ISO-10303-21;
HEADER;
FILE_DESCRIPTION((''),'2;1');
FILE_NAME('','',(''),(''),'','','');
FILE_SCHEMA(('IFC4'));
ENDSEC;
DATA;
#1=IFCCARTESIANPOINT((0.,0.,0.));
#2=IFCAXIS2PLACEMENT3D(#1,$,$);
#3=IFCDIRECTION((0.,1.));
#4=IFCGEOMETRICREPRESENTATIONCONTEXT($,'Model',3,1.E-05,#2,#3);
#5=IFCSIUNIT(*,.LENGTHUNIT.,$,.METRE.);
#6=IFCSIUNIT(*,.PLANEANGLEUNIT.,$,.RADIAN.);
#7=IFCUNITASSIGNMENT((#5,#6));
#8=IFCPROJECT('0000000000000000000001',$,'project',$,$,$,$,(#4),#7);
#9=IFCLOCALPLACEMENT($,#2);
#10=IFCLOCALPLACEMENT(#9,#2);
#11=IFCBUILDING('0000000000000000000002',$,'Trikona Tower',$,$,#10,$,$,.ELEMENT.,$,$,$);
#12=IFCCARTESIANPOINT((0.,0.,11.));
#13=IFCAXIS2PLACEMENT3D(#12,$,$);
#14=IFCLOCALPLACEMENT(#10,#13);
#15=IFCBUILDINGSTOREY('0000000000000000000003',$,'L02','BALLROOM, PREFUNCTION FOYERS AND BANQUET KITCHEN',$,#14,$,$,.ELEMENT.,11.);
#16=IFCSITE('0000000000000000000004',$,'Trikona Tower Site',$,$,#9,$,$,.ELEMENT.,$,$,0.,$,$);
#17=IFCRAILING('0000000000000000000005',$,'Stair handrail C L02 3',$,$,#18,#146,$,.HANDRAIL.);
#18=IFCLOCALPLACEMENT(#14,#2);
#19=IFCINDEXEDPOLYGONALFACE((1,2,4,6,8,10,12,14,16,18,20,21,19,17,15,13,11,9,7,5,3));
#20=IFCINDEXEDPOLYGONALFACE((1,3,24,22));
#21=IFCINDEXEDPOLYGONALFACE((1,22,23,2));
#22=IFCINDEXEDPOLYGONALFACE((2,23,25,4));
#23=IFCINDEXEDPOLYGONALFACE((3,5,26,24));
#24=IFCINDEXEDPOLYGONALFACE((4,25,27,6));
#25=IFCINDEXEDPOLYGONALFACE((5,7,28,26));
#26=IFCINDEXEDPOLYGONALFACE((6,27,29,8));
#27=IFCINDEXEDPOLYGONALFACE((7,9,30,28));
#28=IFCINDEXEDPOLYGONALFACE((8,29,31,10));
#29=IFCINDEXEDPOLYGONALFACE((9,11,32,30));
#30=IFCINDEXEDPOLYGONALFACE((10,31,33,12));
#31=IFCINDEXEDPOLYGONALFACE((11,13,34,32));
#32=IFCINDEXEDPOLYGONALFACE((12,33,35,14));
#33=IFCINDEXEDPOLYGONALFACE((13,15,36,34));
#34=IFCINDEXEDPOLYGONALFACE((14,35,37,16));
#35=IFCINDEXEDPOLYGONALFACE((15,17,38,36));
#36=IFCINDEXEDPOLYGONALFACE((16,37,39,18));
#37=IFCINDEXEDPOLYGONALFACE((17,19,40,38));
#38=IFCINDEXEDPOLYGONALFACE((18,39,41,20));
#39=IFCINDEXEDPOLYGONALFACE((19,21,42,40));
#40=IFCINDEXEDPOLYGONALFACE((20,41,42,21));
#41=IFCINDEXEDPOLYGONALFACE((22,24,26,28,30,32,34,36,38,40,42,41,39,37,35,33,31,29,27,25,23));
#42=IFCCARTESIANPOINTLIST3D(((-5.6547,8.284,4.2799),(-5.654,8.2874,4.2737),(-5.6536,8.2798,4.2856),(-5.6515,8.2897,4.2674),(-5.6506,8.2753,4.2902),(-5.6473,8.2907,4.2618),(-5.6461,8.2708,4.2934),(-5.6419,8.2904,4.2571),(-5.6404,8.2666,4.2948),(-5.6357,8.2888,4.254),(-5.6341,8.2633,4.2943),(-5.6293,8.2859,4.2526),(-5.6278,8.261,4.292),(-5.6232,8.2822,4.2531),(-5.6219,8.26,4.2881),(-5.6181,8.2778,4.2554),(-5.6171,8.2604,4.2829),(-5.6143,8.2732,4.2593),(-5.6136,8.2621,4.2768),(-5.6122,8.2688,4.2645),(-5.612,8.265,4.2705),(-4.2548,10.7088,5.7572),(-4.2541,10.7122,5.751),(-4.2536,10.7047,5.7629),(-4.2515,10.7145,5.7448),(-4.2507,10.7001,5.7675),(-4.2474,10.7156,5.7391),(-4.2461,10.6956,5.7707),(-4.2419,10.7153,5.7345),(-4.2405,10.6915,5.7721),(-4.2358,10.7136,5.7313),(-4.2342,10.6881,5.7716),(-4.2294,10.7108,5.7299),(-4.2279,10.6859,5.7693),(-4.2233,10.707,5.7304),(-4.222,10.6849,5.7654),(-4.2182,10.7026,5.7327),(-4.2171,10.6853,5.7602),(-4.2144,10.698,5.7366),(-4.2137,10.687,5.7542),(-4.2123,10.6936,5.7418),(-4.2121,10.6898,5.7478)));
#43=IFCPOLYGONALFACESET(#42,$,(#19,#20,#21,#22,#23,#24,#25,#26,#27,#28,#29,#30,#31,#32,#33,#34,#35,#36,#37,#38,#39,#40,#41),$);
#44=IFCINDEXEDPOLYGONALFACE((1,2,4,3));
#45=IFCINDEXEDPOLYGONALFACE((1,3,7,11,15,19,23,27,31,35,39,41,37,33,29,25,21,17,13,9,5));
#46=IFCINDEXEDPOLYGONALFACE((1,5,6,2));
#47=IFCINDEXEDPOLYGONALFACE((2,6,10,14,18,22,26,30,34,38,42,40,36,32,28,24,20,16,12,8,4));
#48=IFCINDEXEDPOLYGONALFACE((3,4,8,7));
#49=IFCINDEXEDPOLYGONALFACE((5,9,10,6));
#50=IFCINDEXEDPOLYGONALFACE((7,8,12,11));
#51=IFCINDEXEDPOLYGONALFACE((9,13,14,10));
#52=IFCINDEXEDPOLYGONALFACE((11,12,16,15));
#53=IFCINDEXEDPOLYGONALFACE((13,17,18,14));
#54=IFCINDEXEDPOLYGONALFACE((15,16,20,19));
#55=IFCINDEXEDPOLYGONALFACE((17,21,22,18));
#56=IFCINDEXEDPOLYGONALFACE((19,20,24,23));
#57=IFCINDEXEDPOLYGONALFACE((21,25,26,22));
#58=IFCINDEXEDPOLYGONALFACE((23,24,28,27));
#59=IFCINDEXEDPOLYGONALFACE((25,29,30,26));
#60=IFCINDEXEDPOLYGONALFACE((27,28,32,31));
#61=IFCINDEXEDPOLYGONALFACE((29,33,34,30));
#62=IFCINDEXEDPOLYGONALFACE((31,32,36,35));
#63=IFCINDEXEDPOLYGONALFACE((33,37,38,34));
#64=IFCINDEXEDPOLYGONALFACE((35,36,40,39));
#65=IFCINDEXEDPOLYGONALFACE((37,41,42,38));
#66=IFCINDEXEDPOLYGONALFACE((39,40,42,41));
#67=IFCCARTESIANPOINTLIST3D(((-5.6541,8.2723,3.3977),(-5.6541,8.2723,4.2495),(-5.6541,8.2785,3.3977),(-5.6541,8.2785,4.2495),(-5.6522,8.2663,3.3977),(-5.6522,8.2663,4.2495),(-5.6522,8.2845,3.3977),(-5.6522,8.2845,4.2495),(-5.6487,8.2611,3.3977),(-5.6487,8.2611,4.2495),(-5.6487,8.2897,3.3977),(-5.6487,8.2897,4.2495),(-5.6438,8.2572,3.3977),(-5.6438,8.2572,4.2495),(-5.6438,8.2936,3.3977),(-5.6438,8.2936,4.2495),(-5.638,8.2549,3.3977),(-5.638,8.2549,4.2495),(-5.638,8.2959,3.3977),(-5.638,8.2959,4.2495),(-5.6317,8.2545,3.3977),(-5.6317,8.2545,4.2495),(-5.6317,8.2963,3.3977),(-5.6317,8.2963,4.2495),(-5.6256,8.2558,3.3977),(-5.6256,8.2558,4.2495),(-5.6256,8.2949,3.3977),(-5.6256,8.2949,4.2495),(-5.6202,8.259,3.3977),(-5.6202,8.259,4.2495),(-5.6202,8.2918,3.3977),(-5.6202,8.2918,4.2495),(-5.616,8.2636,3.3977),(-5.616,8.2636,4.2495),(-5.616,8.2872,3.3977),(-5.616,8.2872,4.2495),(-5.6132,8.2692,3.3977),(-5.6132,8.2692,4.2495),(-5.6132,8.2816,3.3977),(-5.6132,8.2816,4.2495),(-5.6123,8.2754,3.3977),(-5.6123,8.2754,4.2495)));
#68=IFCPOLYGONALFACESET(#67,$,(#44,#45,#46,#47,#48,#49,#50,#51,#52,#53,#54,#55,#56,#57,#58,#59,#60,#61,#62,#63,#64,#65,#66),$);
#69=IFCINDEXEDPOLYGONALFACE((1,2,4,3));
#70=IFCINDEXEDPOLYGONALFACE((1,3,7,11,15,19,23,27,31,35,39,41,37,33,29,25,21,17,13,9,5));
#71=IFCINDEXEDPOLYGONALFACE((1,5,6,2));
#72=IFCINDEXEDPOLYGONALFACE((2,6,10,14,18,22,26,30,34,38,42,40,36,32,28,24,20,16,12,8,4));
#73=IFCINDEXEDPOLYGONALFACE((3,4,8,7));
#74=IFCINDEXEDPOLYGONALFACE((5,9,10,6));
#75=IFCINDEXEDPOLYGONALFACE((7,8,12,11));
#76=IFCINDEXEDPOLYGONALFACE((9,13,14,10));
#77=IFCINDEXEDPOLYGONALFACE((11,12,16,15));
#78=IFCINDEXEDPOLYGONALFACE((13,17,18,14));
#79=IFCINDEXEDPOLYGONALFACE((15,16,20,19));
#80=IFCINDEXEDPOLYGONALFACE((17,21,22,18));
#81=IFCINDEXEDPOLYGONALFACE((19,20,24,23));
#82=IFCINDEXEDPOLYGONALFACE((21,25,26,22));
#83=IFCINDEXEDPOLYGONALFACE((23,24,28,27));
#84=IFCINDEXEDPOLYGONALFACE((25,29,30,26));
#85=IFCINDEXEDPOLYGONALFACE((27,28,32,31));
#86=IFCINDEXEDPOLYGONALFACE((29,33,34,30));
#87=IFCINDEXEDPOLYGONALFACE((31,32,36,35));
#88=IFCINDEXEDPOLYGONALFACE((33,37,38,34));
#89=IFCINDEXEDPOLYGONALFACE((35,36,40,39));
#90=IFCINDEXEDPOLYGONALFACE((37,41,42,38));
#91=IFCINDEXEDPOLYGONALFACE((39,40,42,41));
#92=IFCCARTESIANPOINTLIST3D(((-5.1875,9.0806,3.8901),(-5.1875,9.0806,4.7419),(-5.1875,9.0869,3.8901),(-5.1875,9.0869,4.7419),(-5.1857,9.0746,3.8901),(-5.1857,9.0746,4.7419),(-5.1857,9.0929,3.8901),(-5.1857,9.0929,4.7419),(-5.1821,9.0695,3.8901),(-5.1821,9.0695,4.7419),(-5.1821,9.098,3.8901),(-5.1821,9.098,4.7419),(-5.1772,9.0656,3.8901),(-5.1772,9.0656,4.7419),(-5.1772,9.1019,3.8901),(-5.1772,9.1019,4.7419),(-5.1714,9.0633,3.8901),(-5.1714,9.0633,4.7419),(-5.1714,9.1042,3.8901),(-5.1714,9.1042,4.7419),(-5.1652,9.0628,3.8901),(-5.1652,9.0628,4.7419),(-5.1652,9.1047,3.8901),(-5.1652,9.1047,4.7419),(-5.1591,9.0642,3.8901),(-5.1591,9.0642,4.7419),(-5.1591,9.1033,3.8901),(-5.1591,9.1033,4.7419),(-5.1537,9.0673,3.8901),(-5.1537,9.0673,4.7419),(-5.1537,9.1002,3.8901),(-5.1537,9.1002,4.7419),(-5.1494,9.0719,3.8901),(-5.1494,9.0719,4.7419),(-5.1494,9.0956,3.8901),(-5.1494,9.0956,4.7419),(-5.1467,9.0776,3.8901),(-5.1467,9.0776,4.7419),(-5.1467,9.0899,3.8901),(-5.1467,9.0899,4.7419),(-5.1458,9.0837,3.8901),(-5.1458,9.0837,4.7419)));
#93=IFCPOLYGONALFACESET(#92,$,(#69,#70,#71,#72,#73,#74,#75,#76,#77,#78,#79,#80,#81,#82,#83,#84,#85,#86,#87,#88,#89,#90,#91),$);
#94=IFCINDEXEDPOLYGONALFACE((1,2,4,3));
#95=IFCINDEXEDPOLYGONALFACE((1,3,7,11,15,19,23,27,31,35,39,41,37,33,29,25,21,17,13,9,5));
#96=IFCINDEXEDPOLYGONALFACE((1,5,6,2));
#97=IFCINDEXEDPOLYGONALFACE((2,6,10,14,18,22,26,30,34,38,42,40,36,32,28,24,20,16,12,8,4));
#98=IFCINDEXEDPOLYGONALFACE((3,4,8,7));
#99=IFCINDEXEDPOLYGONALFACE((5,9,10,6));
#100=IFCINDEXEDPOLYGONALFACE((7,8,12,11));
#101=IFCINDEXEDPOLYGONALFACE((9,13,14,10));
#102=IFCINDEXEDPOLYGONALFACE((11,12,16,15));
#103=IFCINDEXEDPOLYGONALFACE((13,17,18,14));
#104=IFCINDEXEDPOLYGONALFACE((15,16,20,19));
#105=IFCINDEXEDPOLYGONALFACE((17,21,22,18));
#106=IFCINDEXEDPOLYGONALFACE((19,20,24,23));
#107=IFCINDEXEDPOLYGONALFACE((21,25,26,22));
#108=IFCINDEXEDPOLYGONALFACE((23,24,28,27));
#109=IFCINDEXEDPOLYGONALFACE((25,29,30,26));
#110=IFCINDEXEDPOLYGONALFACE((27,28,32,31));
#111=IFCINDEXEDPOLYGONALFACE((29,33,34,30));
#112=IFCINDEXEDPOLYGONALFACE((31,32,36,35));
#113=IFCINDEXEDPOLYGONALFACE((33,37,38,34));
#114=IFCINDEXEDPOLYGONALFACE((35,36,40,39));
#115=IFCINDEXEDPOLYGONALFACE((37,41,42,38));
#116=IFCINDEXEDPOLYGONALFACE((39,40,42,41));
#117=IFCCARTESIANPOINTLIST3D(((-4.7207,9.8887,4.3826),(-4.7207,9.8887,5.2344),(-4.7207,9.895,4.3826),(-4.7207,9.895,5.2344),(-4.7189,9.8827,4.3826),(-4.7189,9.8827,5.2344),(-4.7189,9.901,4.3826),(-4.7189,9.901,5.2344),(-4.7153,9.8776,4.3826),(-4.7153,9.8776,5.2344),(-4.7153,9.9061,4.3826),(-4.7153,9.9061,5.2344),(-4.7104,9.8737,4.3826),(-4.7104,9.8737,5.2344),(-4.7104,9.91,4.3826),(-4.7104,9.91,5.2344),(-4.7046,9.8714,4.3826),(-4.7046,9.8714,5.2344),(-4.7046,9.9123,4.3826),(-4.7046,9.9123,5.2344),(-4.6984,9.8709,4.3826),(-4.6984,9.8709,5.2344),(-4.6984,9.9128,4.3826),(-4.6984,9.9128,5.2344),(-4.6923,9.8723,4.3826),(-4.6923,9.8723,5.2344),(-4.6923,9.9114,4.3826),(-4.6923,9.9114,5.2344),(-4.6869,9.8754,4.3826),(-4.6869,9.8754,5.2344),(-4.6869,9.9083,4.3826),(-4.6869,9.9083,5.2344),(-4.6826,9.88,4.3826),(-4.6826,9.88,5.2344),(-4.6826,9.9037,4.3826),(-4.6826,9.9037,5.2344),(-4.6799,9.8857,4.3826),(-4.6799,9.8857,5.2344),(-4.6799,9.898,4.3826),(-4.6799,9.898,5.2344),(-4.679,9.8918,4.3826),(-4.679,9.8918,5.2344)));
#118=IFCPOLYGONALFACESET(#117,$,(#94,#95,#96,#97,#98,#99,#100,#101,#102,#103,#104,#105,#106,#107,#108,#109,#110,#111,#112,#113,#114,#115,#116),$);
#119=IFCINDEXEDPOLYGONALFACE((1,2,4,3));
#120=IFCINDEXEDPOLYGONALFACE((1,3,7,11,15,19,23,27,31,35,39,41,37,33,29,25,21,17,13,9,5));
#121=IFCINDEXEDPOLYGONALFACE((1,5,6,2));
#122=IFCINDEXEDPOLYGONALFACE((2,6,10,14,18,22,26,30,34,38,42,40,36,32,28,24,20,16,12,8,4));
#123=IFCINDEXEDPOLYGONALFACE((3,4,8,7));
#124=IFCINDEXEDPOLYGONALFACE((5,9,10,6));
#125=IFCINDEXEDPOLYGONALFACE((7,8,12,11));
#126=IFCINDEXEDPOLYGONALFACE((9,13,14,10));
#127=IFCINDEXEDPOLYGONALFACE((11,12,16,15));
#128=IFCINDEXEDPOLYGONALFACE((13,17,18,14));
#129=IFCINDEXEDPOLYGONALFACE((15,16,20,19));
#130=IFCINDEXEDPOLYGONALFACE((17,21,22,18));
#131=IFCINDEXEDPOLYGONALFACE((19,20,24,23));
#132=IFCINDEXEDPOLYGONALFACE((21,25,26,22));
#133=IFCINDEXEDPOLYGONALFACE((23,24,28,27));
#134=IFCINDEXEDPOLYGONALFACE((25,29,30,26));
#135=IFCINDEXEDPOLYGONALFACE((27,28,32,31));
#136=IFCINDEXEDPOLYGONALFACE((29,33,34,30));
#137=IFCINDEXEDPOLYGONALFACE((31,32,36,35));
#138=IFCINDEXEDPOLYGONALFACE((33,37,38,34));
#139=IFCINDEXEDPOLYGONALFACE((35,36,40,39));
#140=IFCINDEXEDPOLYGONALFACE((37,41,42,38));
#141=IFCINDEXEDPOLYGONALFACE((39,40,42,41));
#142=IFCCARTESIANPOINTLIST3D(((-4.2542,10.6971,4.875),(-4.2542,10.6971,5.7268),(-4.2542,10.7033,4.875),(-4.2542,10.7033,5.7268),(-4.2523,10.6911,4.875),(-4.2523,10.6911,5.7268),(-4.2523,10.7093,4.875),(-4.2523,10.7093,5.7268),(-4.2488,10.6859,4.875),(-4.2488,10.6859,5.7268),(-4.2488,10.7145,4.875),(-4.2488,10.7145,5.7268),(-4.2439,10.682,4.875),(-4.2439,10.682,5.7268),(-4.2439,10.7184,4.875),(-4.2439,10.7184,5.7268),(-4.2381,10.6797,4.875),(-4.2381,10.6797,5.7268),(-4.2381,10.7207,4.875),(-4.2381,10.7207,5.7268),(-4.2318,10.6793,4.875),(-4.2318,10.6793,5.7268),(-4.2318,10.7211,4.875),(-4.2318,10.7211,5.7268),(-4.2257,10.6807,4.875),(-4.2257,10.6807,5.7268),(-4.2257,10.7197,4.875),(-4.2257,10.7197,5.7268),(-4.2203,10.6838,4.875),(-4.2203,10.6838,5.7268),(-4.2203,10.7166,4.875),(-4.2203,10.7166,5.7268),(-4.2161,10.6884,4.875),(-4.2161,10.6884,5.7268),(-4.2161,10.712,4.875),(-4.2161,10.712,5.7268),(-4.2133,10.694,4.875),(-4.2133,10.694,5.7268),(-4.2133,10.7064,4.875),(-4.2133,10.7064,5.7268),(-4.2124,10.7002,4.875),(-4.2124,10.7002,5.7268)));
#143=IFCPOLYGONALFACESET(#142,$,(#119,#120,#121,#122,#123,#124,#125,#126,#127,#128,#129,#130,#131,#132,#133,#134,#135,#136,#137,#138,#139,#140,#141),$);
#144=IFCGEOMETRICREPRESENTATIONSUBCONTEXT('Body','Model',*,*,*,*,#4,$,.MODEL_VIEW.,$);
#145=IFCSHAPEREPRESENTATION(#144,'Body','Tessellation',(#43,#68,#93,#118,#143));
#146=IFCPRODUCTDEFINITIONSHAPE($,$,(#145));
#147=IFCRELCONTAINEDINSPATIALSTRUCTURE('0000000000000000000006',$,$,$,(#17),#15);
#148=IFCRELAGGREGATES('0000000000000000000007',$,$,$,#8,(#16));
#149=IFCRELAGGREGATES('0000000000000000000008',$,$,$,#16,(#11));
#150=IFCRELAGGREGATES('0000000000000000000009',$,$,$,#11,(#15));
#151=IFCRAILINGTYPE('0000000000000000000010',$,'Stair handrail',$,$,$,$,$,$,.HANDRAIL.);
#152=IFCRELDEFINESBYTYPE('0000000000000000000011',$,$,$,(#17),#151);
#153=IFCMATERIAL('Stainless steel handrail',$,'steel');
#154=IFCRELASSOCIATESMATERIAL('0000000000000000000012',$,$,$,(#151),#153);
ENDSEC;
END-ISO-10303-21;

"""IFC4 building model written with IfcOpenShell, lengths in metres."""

from ifc_helpers import new_model, si_unit, direction, frame, origin, origin_2d, place, context, subcontext, project, spatial, circle, extrude, material, type_object, element, save


model = new_model("IFC4")

# Units and contexts
model_context = context("Model", 3, precision=1e-05, world=origin(), true_north=direction((0.0, 1.0)))
body_context = subcontext(model_context, "Body", "Model", "MODEL_VIEW")
ifc_project = project(units=[si_unit("LENGTHUNIT", "METRE"), si_unit("PLANEANGLEUNIT", "RADIAN")], contexts=[model_context])

# Site, building, storey
site_placement = place(None, origin())
site = spatial("IfcSite", under=ifc_project, at=site_placement, Name="Trikona Tower Site", CompositionType="ELEMENT", RefElevation=0.0)
building_placement = place(site_placement, origin())
building = spatial("IfcBuilding", under=site, at=building_placement, Name="Trikona Tower", CompositionType="ELEMENT")
storey_placement = place(building_placement, frame((0.0, 0.0, 11.0)))
storey = spatial("IfcBuildingStorey", under=building, at=storey_placement, Name="L02", Description="BALLROOM, PREFUNCTION FOYERS AND BANQUET KITCHEN", CompositionType="ELEMENT", Elevation=11.0)

# Railing
ifc_material_1 = material(Name="Stainless steel handrail", Category="steel")
railing_type_1 = type_object("IfcRailingType", Name="Stair handrail", PredefinedType="HANDRAIL", material=ifc_material_1)
railing_1_placement = place(storey_placement, frame((-5.6333, 8.2754, 3.3977)))
element("IfcRailing", 1, at=railing_1_placement, inside=storey, type_object=railing_type_1, Name="Stair handrail C L02 3", PredefinedType="HANDRAIL", context=body_context, shape_type="SweptSolid", body=[
    extrude(circle(Radius=0.0239, at=origin_2d()), frame((0.0, 0.0, 0.876), z_axis=(0.442206, 0.765956, 0.466653), x_axis=(-0.866035, 0.499984, 0.0)), (0.0, 0.0, 1.0), 3.1658),
    extrude(circle(Radius=0.021, at=origin_2d()), origin(), (0.0, 0.0, 1.0), 0.8518),
    extrude(circle(Radius=0.021, at=origin_2d()), frame((0.4666, 0.8083, 0.4924)), (0.0, 0.0, 1.0), 0.8518),
    extrude(circle(Radius=0.021, at=origin_2d()), frame((0.9333, 1.6165, 0.9849)), (0.0, 0.0, 1.0), 0.8518),
    extrude(circle(Radius=0.021, at=origin_2d()), frame((1.3999, 2.4248, 1.4773)), (0.0, 0.0, 1.0), 0.8518),
])

save(model, "model.ifc")
